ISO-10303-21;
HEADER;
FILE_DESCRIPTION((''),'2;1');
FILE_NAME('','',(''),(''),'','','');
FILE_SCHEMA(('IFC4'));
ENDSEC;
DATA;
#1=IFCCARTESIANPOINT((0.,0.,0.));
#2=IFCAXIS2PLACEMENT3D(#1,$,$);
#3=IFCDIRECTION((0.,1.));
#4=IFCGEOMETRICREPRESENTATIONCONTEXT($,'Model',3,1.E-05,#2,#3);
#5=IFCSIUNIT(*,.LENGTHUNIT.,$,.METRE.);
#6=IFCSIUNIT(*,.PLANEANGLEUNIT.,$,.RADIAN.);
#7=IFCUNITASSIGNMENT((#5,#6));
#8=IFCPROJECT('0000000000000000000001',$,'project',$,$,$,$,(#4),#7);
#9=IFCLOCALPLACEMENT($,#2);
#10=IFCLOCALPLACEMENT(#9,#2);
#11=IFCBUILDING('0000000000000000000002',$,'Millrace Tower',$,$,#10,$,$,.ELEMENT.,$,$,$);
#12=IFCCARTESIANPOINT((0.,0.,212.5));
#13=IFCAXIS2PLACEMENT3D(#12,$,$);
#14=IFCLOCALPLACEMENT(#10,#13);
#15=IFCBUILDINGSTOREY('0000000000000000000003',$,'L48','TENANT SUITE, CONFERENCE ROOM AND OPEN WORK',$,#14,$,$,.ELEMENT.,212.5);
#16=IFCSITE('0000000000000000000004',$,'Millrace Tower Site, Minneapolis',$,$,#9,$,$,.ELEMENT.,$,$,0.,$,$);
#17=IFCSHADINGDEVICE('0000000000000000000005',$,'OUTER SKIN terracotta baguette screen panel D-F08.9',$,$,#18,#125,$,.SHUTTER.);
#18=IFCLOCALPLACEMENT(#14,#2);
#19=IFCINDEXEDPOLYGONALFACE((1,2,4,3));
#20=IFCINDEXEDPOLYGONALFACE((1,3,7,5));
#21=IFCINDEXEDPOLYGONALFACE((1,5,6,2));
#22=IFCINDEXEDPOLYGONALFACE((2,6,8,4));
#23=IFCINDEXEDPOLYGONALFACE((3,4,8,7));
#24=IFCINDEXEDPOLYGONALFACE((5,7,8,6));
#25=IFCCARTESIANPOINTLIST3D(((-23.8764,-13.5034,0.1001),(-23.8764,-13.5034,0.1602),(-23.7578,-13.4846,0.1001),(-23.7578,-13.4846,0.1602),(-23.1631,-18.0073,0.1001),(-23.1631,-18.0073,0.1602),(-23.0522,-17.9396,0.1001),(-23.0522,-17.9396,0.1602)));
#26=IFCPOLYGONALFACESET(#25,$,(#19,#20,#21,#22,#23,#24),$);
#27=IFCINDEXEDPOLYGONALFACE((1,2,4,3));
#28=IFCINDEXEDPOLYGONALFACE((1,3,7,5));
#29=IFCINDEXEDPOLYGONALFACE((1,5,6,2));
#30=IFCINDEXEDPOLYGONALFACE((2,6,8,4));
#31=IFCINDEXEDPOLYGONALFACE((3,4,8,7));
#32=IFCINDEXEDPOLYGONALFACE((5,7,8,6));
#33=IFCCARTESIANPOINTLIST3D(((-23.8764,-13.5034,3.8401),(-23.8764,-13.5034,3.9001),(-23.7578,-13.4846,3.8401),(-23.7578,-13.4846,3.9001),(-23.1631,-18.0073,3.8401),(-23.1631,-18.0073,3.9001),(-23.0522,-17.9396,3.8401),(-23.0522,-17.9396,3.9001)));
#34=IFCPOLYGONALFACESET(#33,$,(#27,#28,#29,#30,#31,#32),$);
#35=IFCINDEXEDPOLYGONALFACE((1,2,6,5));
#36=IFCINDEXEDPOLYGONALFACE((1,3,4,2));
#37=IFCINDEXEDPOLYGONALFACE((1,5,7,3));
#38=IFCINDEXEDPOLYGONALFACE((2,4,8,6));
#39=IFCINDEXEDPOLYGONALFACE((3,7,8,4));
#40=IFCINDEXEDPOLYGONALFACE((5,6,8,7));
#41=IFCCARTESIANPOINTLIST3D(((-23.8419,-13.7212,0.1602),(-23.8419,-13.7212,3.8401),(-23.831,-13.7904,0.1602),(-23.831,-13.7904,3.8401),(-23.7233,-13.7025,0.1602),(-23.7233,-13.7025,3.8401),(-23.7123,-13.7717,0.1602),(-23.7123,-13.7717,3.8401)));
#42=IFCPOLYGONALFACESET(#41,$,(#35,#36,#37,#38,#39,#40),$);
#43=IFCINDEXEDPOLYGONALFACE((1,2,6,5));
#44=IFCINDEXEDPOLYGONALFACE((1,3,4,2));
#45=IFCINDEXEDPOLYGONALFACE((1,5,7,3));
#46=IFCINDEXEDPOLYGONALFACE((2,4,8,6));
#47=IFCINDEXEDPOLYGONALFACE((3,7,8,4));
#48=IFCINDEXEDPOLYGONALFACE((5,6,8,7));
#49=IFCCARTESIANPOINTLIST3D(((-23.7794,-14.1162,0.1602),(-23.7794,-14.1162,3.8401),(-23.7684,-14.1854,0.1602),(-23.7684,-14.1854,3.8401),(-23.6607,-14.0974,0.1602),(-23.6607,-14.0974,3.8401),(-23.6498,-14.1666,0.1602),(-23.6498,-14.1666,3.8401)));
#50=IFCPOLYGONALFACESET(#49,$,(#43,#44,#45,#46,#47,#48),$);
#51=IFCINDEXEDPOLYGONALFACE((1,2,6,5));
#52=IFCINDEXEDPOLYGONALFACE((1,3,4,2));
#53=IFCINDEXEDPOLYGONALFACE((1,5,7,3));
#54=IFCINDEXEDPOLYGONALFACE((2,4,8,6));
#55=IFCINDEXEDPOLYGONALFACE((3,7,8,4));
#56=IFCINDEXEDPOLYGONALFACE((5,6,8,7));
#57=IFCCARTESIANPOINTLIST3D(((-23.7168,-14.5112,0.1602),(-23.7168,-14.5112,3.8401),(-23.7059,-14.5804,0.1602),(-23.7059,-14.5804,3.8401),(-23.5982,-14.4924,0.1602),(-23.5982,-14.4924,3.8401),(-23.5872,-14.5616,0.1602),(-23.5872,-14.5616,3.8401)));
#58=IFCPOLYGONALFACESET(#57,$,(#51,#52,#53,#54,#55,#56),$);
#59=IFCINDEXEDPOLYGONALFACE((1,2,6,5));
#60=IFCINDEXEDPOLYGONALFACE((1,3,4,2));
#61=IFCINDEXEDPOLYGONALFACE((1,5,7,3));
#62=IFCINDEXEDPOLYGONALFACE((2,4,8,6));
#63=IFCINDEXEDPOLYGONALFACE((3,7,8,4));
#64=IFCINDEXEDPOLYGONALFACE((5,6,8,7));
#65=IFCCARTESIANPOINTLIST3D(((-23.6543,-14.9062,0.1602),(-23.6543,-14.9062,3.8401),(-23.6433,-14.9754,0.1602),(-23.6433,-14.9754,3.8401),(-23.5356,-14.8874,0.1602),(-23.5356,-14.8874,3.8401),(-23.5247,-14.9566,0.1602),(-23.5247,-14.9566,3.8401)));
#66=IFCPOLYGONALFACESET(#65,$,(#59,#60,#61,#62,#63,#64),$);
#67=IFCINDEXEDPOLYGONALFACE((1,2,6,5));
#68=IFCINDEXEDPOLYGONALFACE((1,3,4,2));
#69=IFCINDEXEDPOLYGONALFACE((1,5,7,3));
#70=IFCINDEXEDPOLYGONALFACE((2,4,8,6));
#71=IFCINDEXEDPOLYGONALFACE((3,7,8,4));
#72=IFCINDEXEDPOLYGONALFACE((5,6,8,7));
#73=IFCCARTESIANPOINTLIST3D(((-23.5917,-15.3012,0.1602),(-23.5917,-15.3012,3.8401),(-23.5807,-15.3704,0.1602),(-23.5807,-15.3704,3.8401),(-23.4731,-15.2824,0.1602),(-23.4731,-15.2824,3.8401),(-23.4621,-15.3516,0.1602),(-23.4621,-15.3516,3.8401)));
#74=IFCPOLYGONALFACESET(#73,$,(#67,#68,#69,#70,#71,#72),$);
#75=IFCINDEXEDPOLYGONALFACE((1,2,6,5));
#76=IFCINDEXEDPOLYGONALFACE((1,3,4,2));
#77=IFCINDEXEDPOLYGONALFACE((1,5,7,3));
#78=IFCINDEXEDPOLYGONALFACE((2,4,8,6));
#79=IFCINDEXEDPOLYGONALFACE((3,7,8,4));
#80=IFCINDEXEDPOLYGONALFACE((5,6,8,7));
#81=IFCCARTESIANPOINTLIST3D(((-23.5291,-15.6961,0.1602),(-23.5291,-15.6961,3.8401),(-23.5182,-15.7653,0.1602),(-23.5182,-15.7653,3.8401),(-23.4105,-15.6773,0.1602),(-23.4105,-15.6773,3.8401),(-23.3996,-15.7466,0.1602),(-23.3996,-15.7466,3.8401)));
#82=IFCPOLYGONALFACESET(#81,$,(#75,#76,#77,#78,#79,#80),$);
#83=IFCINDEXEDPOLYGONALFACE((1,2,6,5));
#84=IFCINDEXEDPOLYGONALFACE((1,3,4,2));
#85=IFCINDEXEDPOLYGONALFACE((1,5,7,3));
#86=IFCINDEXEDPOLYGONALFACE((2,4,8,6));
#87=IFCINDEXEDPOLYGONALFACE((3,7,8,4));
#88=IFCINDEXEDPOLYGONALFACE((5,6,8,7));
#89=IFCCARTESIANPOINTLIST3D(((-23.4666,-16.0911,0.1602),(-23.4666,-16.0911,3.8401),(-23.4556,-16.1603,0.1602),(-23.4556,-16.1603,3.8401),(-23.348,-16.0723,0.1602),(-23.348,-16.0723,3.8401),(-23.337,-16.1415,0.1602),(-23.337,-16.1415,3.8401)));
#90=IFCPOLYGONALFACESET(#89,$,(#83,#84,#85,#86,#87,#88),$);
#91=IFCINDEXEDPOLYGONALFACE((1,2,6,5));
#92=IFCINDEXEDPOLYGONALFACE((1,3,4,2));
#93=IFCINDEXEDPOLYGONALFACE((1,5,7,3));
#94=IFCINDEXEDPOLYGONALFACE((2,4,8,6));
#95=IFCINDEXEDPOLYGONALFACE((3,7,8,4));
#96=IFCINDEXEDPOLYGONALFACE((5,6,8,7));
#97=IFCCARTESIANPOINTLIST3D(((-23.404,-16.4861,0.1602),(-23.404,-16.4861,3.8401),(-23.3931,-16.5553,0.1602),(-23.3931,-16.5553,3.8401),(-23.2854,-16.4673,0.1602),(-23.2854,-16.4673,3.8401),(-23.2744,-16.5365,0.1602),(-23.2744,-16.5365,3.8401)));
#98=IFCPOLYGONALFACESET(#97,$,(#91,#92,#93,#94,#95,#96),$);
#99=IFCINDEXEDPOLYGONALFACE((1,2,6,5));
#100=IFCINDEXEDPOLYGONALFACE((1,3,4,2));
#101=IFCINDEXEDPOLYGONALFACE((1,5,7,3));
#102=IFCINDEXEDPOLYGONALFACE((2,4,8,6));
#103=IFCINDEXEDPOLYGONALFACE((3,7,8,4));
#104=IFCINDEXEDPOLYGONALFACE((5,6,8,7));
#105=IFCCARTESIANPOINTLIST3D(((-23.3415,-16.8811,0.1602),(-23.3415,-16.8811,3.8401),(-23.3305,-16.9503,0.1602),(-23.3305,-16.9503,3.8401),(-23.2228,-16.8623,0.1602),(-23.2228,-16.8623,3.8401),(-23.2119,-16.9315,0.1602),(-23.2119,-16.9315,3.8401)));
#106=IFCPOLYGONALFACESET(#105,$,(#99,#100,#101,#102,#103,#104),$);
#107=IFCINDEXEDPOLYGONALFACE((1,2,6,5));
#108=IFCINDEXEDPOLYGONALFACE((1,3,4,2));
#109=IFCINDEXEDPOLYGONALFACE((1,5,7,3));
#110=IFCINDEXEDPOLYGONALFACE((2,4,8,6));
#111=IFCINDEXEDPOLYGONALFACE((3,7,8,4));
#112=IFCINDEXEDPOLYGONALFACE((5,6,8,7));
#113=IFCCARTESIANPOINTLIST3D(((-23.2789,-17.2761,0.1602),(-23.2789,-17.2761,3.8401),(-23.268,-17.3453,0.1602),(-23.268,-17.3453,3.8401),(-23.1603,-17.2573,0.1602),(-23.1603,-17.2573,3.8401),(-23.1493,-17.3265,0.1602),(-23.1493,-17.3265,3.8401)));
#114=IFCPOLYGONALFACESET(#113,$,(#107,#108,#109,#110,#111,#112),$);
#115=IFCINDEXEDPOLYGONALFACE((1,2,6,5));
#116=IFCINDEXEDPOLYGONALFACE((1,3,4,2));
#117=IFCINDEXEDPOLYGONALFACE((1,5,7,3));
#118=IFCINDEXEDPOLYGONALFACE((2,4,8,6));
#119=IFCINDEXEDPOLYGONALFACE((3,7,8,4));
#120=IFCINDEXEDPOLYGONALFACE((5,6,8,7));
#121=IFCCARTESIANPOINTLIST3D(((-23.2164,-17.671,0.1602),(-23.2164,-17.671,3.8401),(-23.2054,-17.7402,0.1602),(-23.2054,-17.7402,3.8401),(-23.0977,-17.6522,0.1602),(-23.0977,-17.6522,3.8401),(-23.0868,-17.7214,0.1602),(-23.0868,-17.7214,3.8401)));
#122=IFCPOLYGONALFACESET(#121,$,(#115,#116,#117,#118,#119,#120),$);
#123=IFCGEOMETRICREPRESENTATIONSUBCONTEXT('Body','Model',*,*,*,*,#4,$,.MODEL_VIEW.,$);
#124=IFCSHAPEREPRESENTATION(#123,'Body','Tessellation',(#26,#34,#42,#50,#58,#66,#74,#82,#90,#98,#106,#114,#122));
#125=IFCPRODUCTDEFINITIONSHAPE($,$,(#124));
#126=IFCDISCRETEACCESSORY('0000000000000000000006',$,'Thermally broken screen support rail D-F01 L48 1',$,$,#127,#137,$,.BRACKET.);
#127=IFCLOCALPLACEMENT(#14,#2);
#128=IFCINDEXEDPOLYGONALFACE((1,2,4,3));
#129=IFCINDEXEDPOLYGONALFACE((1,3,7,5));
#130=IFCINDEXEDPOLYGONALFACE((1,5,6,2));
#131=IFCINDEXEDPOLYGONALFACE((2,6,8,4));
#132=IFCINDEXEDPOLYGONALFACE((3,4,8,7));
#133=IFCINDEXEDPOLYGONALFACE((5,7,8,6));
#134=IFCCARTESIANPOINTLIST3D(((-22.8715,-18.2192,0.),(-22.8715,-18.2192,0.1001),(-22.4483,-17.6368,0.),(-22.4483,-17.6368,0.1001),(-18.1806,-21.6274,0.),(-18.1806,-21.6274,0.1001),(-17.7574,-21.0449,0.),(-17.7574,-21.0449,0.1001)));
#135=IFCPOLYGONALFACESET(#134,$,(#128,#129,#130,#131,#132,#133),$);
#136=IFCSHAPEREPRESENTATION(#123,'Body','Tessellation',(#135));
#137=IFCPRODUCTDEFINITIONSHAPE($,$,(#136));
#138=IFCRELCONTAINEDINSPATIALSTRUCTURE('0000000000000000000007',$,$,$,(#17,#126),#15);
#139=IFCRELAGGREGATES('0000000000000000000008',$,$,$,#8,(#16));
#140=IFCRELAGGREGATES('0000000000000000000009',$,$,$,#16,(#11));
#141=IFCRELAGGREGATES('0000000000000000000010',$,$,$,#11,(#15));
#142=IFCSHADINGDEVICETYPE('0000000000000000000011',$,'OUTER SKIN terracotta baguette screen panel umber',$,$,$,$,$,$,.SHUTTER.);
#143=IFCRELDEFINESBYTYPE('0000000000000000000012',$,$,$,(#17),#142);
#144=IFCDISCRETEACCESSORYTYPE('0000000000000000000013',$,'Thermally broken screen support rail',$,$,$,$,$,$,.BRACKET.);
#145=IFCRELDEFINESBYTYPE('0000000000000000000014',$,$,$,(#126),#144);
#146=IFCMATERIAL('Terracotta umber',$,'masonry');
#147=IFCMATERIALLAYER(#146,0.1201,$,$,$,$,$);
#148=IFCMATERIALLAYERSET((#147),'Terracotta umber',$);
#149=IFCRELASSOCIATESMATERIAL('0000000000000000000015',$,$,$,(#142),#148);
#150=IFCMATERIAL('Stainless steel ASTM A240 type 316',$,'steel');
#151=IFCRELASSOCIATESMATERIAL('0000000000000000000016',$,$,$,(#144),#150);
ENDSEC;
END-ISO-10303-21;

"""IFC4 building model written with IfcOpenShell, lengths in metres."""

from ifc_helpers import new_model, entity, si_unit, direction, frame, frame_2d, origin, origin_2d, place, context, subcontext, project, spatial, rectangle, extrude, source, transform, mapped, material, layer, layer_set, type_object, element, save


model = new_model("IFC4")

# Units and contexts
model_context = context("Model", 3, precision=1e-05, world=origin(), true_north=direction((0.0, 1.0)))
body_context = subcontext(model_context, "Body", "Model", "MODEL_VIEW")
ifc_project = project(units=[si_unit("LENGTHUNIT", "METRE"), si_unit("PLANEANGLEUNIT", "RADIAN")], contexts=[model_context])

# Site, building, storey
site_placement = place(None, origin())
site = spatial("IfcSite", under=ifc_project, at=site_placement, Name="Millrace Tower Site, Minneapolis", CompositionType="ELEMENT", RefElevation=0.0)
building_placement = place(site_placement, origin())
building = spatial("IfcBuilding", under=site, at=building_placement, Name="Millrace Tower", CompositionType="ELEMENT")
storey_placement = place(building_placement, frame((0.0, 0.0, 212.5)))
storey = spatial("IfcBuildingStorey", under=building, at=storey_placement, Name="L48", Description="TENANT SUITE, CONFERENCE ROOM AND OPEN WORK", CompositionType="ELEMENT", Elevation=212.5)

# Shading device
ifc_material_1 = material(Name="Terracotta umber", Category="masonry")
ifc_layer_1 = layer(ifc_material_1, 0.1201)
ifc_layer_set_1 = layer_set([ifc_layer_1], Name="Terracotta umber")
shading_device_type = type_object("IfcShadingDeviceType", Name="OUTER SKIN terracotta baguette screen panel umber", PredefinedType="SHUTTER", material=ifc_layer_set_1)
cartesian_point_1 = entity("IfcCartesianPoint", [-2.2676, 0.0601])
shared_polyline_1 = entity("IfcPolyline", [cartesian_point_1, entity("IfcCartesianPoint", [2.2429, 0.0601]), entity("IfcCartesianPoint", [2.2925, -0.0601]), entity("IfcCartesianPoint", [-2.2676, -0.0601]), cartesian_point_1])
shared_shape_1 = source(origin(), body_context, "Body", "SweptSolid", [
    entity("IfcExtrudedAreaSolid", entity("IfcArbitraryClosedProfileDef", "AREA", None, shared_polyline_1), entity("IfcAxis2Placement3D", entity("IfcCartesianPoint", [0.0, 0.0, 0.0])), entity("IfcDirection", [0.0, 0.0, 1.0]), 0.0601),
    entity("IfcExtrudedAreaSolid", entity("IfcArbitraryClosedProfileDef", "AREA", None, shared_polyline_1), entity("IfcAxis2Placement3D", entity("IfcCartesianPoint", [0.0, 0.0, 3.74])), entity("IfcDirection", [0.0, 0.0, 1.0]), 0.0601),
    extrude(rectangle(XDim=0.0701, YDim=0.1201, at=frame_2d((-2.012, 0.0))), frame((0.0, 0.0, 0.0601)), (0.0, 0.0, 1.0), 3.6799),
    extrude(rectangle(XDim=0.0701, YDim=0.1201, at=frame_2d((-1.6121, 0.0))), frame((0.0, 0.0, 0.0601)), (0.0, 0.0, 1.0), 3.6799),
    extrude(rectangle(XDim=0.0701, YDim=0.1201, at=frame_2d((-1.2122, 0.0))), frame((0.0, 0.0, 0.0601)), (0.0, 0.0, 1.0), 3.6799),
    extrude(rectangle(XDim=0.0701, YDim=0.1201, at=frame_2d((-0.8123, 0.0))), frame((0.0, 0.0, 0.0601)), (0.0, 0.0, 1.0), 3.6799),
    extrude(rectangle(XDim=0.0701, YDim=0.1201, at=frame_2d((-0.4124, 0.0))), frame((0.0, 0.0, 0.0601)), (0.0, 0.0, 1.0), 3.6799),
    extrude(rectangle(XDim=0.0701, YDim=0.1201, at=frame_2d((-0.0125, 0.0))), frame((0.0, 0.0, 0.0601)), (0.0, 0.0, 1.0), 3.6799),
    extrude(rectangle(XDim=0.0701, YDim=0.1201, at=frame_2d((0.3875, 0.0))), frame((0.0, 0.0, 0.0601)), (0.0, 0.0, 1.0), 3.6799),
    extrude(rectangle(XDim=0.0701, YDim=0.1201, at=frame_2d((0.7874, 0.0))), frame((0.0, 0.0, 0.0601)), (0.0, 0.0, 1.0), 3.6799),
    extrude(rectangle(XDim=0.0701, YDim=0.1201, at=frame_2d((1.1873, 0.0))), frame((0.0, 0.0, 0.0601)), (0.0, 0.0, 1.0), 3.6799),
    extrude(rectangle(XDim=0.0701, YDim=0.1201, at=frame_2d((1.5872, 0.0))), frame((0.0, 0.0, 0.0601)), (0.0, 0.0, 1.0), 3.6799),
    extrude(rectangle(XDim=0.0701, YDim=0.1201, at=frame_2d((1.9871, 0.0))), frame((0.0, 0.0, 0.0601)), (0.0, 0.0, 1.0), 3.6799),
])
shading_device_1_placement = place(storey_placement, frame((-23.4624, -15.7336, 0.1001), z_axis=(0.0, 0.0, 1.0), x_axis=(0.156434, -0.987688, 0.0)))
element("IfcShadingDevice", 1, at=shading_device_1_placement, inside=storey, type_object=shading_device_type, Name="OUTER SKIN terracotta baguette screen panel D-F08.9", PredefinedType="SHUTTER", context=body_context, shape_type="MappedRepresentation", body=[
    mapped(shared_shape_1, transform((0.0, 0.0, 0.0), scale=1.0)),
])

# Discrete accessory
ifc_material_2 = material(Name="Stainless steel ASTM A240 type 316", Category="steel")
discrete_accessory_type = type_object("IfcDiscreteAccessoryType", Name="Thermally broken screen support rail", PredefinedType="BRACKET", material=ifc_material_2)
discrete_accessory_placement = place(storey_placement, frame((-20.3145, -19.6321, 0.0), z_axis=(0.0, 0.0, 1.0), x_axis=(0.809017, -0.587785, 0.0)))
element("IfcDiscreteAccessory", 2, at=discrete_accessory_placement, inside=storey, type_object=discrete_accessory_type, Name="Thermally broken screen support rail D-F01 L48 1", PredefinedType="BRACKET", context=body_context, shape_type="SweptSolid", body=[
    extrude(rectangle(XDim=5.7983, YDim=0.72, at=origin_2d()), origin(), (0.0, 0.0, 1.0), 0.1001),
])

save(model, "model.ifc")
